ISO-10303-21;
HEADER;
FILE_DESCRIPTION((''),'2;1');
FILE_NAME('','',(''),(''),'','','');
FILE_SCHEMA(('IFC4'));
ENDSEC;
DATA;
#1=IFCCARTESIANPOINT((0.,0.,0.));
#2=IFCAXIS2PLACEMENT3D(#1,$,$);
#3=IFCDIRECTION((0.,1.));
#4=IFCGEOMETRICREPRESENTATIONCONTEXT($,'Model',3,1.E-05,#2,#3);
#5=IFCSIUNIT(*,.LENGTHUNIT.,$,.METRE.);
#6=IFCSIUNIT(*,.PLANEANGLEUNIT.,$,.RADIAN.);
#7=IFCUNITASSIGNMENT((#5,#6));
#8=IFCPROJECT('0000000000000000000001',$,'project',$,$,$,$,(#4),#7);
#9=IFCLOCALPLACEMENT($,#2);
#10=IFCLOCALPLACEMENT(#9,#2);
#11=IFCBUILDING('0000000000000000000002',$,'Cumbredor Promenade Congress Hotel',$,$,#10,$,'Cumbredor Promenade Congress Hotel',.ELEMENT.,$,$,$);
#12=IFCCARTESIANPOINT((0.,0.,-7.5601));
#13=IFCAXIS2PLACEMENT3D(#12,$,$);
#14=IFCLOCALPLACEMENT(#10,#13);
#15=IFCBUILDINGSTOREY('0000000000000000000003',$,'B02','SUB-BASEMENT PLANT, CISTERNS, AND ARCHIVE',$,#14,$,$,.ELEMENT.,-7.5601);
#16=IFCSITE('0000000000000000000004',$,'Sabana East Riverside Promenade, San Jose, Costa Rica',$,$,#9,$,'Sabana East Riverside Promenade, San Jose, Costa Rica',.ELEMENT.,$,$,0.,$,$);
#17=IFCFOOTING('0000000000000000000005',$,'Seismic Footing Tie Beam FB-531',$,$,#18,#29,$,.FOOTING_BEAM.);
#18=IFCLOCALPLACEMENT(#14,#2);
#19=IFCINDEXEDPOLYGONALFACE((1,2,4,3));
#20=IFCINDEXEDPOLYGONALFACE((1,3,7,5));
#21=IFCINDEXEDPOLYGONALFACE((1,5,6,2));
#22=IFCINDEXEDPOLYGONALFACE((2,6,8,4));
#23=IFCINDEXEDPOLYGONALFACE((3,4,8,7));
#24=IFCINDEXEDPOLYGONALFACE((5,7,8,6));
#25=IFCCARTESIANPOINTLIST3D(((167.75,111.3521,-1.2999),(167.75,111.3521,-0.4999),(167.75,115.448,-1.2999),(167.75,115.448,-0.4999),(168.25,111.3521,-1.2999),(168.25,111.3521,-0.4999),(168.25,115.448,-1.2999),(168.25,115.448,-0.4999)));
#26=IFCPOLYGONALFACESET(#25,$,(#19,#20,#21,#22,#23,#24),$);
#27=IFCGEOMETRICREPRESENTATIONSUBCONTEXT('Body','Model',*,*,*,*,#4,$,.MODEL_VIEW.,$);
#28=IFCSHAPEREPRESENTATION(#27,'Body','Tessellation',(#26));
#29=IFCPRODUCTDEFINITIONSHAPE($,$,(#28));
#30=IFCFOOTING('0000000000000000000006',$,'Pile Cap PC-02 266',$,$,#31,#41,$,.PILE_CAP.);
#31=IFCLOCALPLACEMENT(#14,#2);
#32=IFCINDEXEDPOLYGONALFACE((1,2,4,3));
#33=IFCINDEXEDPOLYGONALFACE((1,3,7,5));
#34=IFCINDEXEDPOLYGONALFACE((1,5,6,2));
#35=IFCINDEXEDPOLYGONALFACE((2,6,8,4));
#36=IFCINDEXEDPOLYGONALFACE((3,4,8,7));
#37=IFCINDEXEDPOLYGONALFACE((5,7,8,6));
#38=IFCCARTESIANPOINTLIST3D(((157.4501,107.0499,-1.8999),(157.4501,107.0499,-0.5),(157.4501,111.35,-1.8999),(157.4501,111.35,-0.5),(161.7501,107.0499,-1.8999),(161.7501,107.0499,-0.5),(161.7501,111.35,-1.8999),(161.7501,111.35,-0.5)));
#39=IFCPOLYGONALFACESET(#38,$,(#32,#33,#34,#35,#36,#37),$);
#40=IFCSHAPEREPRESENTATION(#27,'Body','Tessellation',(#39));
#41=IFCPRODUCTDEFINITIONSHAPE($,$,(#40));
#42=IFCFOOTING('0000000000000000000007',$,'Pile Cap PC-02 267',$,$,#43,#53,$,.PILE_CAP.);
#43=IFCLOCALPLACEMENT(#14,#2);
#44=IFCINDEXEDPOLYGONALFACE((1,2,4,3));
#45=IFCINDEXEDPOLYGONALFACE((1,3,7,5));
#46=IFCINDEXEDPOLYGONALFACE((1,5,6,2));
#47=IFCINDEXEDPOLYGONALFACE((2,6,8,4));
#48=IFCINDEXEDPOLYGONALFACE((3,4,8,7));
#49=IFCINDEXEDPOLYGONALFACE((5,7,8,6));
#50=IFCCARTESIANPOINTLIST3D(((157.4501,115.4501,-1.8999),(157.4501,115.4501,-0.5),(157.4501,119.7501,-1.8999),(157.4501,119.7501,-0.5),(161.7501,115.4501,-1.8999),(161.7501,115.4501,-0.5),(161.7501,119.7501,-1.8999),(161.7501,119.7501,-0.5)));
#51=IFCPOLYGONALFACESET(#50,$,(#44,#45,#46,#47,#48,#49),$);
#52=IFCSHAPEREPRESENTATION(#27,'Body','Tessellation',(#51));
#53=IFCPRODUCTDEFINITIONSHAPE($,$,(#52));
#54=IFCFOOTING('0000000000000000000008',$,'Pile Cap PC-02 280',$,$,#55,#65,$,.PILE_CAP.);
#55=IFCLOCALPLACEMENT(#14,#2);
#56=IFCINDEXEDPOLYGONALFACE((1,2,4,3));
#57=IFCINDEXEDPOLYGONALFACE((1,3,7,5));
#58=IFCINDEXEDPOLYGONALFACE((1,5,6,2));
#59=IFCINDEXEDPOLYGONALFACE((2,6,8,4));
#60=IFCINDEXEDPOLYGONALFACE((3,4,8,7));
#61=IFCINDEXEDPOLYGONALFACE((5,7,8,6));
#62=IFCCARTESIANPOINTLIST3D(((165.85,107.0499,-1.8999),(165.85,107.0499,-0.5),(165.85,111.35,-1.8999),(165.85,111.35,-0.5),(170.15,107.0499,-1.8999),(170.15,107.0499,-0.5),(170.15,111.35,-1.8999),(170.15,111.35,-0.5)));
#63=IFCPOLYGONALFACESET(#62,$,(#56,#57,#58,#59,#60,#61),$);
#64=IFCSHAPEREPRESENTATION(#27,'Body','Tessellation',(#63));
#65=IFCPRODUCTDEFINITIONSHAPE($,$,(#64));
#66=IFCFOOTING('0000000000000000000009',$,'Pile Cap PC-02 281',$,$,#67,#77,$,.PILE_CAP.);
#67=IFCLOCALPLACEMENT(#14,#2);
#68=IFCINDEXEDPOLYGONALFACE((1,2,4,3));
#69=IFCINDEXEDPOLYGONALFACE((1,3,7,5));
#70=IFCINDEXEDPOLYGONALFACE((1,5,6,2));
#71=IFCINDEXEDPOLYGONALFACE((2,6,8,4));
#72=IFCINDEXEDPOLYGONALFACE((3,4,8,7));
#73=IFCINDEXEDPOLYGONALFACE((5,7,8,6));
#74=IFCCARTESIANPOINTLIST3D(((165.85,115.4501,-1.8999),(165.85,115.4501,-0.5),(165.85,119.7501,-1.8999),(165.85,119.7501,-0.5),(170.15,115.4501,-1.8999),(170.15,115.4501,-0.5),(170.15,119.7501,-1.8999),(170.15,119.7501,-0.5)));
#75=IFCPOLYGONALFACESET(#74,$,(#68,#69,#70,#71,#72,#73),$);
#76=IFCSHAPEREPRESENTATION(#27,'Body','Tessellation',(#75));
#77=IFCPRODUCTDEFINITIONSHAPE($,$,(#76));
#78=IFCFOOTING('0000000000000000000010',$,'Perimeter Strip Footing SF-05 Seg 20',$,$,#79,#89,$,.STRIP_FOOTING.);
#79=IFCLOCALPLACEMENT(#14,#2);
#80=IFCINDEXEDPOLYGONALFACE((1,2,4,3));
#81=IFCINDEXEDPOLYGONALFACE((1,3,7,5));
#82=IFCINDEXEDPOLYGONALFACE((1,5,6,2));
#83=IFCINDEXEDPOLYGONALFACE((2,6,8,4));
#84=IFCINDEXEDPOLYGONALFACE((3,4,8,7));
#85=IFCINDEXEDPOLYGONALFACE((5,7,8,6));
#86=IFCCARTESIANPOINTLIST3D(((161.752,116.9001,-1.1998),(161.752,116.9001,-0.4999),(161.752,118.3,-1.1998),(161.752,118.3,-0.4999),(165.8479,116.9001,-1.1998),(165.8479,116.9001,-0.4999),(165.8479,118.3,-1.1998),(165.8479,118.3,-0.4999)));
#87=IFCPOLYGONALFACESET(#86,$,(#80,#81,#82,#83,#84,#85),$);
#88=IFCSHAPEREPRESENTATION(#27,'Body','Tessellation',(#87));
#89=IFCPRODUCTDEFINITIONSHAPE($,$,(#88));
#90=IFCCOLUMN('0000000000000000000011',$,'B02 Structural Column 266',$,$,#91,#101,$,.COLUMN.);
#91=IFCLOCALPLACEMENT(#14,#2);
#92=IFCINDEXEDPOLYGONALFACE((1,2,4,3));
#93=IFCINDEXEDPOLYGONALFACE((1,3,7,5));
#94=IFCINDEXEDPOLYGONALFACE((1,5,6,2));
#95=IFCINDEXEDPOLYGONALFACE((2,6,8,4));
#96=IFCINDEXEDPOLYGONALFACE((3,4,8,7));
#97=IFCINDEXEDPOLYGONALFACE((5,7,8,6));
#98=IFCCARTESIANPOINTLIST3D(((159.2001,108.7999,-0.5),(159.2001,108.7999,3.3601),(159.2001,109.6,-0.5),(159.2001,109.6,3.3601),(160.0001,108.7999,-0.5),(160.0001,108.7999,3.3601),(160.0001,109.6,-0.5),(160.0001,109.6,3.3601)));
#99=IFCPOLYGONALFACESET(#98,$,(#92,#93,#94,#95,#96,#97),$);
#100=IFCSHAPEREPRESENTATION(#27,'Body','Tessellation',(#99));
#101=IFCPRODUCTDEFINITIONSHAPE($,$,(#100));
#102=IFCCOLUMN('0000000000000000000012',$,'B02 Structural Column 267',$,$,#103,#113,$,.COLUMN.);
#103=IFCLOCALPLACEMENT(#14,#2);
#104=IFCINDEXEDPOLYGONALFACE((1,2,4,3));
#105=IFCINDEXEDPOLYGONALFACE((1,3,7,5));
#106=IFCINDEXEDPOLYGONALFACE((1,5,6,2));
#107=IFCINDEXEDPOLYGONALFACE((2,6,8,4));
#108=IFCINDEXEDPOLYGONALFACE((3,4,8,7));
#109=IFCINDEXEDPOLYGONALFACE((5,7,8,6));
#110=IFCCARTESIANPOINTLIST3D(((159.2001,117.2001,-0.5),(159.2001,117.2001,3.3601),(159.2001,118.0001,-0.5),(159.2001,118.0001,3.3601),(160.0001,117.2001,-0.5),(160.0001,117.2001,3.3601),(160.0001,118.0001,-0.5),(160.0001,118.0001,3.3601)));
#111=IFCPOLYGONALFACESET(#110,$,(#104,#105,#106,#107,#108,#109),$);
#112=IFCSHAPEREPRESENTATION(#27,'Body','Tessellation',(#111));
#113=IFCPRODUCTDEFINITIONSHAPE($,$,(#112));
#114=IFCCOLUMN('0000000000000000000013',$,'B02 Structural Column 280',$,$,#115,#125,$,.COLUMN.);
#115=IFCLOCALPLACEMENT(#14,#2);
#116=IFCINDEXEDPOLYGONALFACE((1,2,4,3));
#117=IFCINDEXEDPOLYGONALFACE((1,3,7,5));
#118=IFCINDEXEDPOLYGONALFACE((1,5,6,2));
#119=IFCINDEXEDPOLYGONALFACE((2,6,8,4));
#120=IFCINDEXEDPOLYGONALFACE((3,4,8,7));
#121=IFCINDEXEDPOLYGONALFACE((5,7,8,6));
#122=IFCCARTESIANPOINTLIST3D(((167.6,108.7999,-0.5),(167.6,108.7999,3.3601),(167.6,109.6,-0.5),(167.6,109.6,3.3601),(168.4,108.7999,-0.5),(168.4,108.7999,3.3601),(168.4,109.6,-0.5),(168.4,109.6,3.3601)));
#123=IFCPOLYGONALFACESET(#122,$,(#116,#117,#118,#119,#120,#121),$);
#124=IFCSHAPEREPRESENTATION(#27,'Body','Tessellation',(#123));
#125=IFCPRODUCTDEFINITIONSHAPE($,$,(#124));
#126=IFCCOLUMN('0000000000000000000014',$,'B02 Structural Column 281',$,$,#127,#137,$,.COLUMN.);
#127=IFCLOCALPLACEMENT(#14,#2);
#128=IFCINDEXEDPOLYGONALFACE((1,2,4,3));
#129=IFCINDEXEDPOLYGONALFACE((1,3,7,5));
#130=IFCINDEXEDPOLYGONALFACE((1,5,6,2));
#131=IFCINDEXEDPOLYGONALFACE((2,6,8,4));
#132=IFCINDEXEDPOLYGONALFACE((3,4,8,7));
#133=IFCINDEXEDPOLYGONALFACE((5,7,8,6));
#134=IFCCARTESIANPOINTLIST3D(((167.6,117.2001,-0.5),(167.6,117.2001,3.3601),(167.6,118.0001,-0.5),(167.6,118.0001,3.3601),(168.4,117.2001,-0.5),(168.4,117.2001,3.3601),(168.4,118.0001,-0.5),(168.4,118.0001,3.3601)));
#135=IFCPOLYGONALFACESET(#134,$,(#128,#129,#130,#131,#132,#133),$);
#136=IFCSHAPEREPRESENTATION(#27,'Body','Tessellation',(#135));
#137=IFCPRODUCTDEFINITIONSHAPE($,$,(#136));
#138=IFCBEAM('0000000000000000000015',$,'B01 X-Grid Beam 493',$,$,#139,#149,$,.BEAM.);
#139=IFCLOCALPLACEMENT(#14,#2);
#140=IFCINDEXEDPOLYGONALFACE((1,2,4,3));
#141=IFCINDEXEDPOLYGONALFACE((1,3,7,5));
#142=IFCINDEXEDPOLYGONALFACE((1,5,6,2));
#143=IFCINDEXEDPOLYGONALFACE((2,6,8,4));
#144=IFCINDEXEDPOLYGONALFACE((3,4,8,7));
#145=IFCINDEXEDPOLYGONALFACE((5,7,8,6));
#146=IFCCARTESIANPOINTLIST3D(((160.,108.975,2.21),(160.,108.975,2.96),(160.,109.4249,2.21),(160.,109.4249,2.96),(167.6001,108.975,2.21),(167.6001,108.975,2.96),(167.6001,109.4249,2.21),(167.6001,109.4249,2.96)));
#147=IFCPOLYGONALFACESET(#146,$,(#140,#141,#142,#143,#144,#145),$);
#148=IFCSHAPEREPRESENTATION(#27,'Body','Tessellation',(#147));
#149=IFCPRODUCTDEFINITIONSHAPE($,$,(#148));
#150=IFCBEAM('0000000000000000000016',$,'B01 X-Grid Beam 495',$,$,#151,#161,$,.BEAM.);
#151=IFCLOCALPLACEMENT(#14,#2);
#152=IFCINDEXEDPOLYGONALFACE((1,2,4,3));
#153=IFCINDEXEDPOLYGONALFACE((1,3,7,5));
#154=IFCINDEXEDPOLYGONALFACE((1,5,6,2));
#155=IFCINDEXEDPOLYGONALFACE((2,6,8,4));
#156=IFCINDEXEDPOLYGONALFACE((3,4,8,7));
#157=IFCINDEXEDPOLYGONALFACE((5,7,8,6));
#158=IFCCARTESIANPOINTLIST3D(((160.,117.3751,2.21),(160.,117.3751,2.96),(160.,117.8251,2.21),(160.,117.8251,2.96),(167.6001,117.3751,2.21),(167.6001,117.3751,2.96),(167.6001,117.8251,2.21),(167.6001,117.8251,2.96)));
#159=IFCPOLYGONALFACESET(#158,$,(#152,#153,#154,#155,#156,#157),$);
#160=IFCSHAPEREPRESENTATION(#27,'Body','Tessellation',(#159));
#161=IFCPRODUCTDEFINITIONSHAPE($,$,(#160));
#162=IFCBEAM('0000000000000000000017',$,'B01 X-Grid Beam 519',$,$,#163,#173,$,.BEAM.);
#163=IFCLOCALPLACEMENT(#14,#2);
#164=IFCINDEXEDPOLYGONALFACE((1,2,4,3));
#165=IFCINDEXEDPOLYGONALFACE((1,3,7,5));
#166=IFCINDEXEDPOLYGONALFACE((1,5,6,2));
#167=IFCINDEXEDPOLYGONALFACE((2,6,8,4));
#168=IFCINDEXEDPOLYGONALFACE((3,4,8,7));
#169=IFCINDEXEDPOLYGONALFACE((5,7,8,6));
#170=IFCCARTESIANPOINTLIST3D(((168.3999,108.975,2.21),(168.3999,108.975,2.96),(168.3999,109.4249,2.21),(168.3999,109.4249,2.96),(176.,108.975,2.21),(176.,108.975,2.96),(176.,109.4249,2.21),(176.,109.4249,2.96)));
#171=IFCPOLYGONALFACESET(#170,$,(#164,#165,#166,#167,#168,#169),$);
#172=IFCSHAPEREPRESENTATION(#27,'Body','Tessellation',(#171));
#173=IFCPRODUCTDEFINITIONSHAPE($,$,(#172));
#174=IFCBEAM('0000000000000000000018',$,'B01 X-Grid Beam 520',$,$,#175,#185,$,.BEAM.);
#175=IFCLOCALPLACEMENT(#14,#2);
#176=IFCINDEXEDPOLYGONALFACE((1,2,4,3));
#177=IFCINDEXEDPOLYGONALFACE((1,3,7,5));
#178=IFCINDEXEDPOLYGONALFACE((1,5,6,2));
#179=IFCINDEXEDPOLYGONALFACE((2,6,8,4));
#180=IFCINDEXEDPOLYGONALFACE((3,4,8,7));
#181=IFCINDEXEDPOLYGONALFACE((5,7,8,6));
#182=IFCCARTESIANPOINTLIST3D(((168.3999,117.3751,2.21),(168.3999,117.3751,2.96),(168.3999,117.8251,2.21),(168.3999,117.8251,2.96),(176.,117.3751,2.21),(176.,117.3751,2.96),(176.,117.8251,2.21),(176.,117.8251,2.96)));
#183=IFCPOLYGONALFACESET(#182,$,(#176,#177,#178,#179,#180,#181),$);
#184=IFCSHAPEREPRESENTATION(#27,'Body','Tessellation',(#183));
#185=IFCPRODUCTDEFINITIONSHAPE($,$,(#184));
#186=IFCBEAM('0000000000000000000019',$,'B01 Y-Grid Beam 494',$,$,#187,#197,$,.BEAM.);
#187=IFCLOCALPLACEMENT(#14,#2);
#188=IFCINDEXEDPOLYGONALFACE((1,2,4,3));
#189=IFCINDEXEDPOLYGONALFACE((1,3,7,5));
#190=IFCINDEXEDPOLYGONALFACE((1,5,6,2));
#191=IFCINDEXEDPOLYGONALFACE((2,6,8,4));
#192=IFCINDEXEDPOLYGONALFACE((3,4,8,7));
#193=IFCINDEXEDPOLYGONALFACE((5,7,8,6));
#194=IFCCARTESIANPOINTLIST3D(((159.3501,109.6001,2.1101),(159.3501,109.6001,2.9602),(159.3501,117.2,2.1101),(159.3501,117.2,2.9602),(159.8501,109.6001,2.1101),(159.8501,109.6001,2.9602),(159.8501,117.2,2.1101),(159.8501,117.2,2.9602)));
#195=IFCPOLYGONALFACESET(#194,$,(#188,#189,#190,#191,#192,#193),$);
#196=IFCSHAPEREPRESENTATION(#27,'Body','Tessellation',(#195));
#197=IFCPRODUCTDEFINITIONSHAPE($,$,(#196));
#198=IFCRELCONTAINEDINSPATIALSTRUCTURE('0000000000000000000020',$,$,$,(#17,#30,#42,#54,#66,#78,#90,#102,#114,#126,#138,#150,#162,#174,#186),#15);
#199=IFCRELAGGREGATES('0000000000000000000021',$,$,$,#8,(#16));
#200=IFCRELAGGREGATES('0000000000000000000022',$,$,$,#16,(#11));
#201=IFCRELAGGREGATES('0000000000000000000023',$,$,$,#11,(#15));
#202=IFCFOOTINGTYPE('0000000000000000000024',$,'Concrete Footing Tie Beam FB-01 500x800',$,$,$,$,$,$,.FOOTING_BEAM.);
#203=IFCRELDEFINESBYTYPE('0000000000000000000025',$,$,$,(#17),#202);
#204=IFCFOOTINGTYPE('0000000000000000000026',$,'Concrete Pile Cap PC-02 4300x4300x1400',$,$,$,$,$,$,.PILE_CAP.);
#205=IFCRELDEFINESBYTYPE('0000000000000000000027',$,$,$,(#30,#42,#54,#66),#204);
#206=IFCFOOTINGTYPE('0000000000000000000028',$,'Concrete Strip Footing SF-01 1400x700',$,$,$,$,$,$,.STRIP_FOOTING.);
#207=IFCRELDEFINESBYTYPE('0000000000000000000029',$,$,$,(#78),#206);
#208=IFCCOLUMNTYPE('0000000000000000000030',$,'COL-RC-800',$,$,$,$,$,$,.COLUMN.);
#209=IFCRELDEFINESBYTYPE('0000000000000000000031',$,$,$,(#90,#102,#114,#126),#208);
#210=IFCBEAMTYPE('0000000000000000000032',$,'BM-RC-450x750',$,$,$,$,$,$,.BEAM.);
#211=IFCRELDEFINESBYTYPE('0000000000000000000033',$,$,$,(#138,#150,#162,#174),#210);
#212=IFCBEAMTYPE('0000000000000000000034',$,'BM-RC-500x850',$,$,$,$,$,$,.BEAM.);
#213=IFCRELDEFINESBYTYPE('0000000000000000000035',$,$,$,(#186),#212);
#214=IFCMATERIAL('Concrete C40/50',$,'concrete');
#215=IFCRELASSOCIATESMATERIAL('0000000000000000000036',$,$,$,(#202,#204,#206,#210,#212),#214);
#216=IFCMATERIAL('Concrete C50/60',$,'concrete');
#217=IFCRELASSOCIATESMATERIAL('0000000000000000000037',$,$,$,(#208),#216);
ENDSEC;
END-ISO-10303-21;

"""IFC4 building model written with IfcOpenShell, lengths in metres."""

from ifc_helpers import new_model, si_unit, direction, frame, origin, origin_2d, place, context, subcontext, project, spatial, rectangle, extrude, material, material_profile, profile_set, type_object, element, save


model = new_model("IFC4")

# Units and contexts
model_context = context("Model", 3, precision=1e-05, world=origin(), true_north=direction((0.0, 1.0)))
body_context = subcontext(model_context, "Body", "Model", "MODEL_VIEW")
ifc_project = project(units=[si_unit("LENGTHUNIT", "METRE"), si_unit("PLANEANGLEUNIT", "RADIAN")], contexts=[model_context])

# Site, building, storey
site_placement = place(None, origin())
site = spatial("IfcSite", under=ifc_project, at=site_placement, Name="Sabana East Riverside Promenade, San Jose, Costa Rica", LongName="Sabana East Riverside Promenade, San Jose, Costa Rica", CompositionType="ELEMENT", RefElevation=0.0)
building_placement = place(site_placement, origin())
building = spatial("IfcBuilding", under=site, at=building_placement, Name="Cumbredor Promenade Congress Hotel", LongName="Cumbredor Promenade Congress Hotel", CompositionType="ELEMENT")
storey_placement = place(building_placement, frame((0.0, 0.0, -7.5601)))
storey = spatial("IfcBuildingStorey", under=building, at=storey_placement, Name="B02", Description="SUB-BASEMENT PLANT, CISTERNS, AND ARCHIVE", CompositionType="ELEMENT", Elevation=-7.5601)

# Shared definitions
ifc_material_1 = material(Name="Concrete C40/50", Category="concrete")

# Footings
ifc_material_profile_1 = material_profile(ifc_material_1, rectangle(XDim=0.5, YDim=0.8, at=origin_2d()), Name="FB 500x800")
ifc_profile_set_1 = profile_set([ifc_material_profile_1], Name="Concrete C40/50")
footing_type_1 = type_object("IfcFootingType", Name="Concrete Footing Tie Beam FB-01 500x800", PredefinedType="FOOTING_BEAM", material=ifc_profile_set_1)
for number, where, z_axis, x_axis, name in (
    (1, (168.0, 111.3521, -0.8999), (0.0, 1.0, 0.0), (-1.0, 0.0, 0.0), "Seismic Footing Tie Beam FB-531"),
):
    element("IfcFooting", number, at=place(storey_placement, frame(where, z_axis=z_axis, x_axis=x_axis)), inside=storey, type_object=footing_type_1, Name=name, PredefinedType="FOOTING_BEAM", context=body_context, shape_type="SweptSolid", body=[
        extrude(rectangle(XDim=0.5, YDim=0.8, at=origin_2d()), origin(), (0.0, 0.0, 1.0), 4.0959),
    ])
footing_type_2 = type_object("IfcFootingType", Name="Concrete Pile Cap PC-02 4300x4300x1400", PredefinedType="PILE_CAP", material=ifc_material_1)
for number, where, z_axis, x_axis, name in (
    (2, (159.6001, 109.2, -1.8999), (0.0, 0.0, 1.0), (1.0, 0.0, 0.0), "Pile Cap PC-02 266"),
    (3, (159.6001, 117.6001, -1.8999), (0.0, 0.0, 1.0), (1.0, 0.0, 0.0), "Pile Cap PC-02 267"),
    (4, (168.0, 109.2, -1.8999), (0.0, 0.0, 1.0), (1.0, 0.0, 0.0), "Pile Cap PC-02 280"),
    (5, (168.0, 117.6001, -1.8999), (0.0, 0.0, 1.0), (1.0, 0.0, 0.0), "Pile Cap PC-02 281"),
):
    element("IfcFooting", number, at=place(storey_placement, frame(where, z_axis=z_axis, x_axis=x_axis)), inside=storey, type_object=footing_type_2, Name=name, PredefinedType="PILE_CAP", context=body_context, shape_type="SweptSolid", body=[
        extrude(rectangle(XDim=4.3, YDim=4.3, at=origin_2d()), origin(), (0.0, 0.0, 1.0), 1.3999),
    ])
ifc_material_profile_2 = material_profile(ifc_material_1, rectangle(XDim=1.3999, YDim=0.7, at=origin_2d()), Name="SF 1400x700")
ifc_profile_set_2 = profile_set([ifc_material_profile_2], Name="Concrete C40/50")
footing_type_3 = type_object("IfcFootingType", Name="Concrete Strip Footing SF-01 1400x700", PredefinedType="STRIP_FOOTING", material=ifc_profile_set_2)
footing_placement = place(storey_placement, frame((161.752, 117.6001, -0.8499), z_axis=(1.0, 0.0, 0.0), x_axis=(0.0, 1.0, 0.0)))
element("IfcFooting", 6, at=footing_placement, inside=storey, type_object=footing_type_3, Name="Perimeter Strip Footing SF-05 Seg 20", PredefinedType="STRIP_FOOTING", context=body_context, shape_type="SweptSolid", body=[
    extrude(rectangle(XDim=1.3999, YDim=0.7, at=origin_2d()), origin(), (0.0, 0.0, 1.0), 4.0959),
])

# Columns
ifc_material_2 = material(Name="Concrete C50/60", Category="concrete")
ifc_material_profile_3 = material_profile(ifc_material_2, rectangle(XDim=0.8, YDim=0.8, at=origin_2d()), Name="RC 800x800")
ifc_profile_set_3 = profile_set([ifc_material_profile_3], Name="Concrete C50/60")
column_type = type_object("IfcColumnType", Name="COL-RC-800", PredefinedType="COLUMN", material=ifc_profile_set_3)
for number, where, z_axis, x_axis, name in (
    (7, (159.6001, 109.2, -0.5), (0.0, 0.0, 1.0), (1.0, 0.0, 0.0), "B02 Structural Column 266"),
    (8, (159.6001, 117.6001, -0.5), (0.0, 0.0, 1.0), (1.0, 0.0, 0.0), "B02 Structural Column 267"),
    (9, (168.0, 109.2, -0.5), (0.0, 0.0, 1.0), (1.0, 0.0, 0.0), "B02 Structural Column 280"),
    (10, (168.0, 117.6001, -0.5), (0.0, 0.0, 1.0), (1.0, 0.0, 0.0), "B02 Structural Column 281"),
):
    element("IfcColumn", number, at=place(storey_placement, frame(where, z_axis=z_axis, x_axis=x_axis)), inside=storey, type_object=column_type, Name=name, PredefinedType="COLUMN", context=body_context, shape_type="SweptSolid", body=[
        extrude(rectangle(XDim=0.8, YDim=0.8, at=origin_2d()), origin(), (0.0, 0.0, 1.0), 3.8601),
    ])

# Beams
ifc_material_profile_4 = material_profile(ifc_material_1, rectangle(XDim=0.45, YDim=0.75, at=origin_2d()), Name="RC BEAM 450x750")
ifc_profile_set_4 = profile_set([ifc_material_profile_4], Name="Concrete C40/50")
beam_type_1 = type_object("IfcBeamType", Name="BM-RC-450x750", PredefinedType="BEAM", material=ifc_profile_set_4)
for number, where, z_axis, x_axis, name in (
    (11, (160.0, 109.2, 2.585), (1.0, 0.0, 0.0), (0.0, 1.0, 0.0), "B01 X-Grid Beam 493"),
    (12, (160.0, 117.6001, 2.585), (1.0, 0.0, 0.0), (0.0, 1.0, 0.0), "B01 X-Grid Beam 495"),
    (13, (168.3999, 109.2, 2.585), (1.0, 0.0, 0.0), (0.0, 1.0, 0.0), "B01 X-Grid Beam 519"),
    (14, (168.3999, 117.6001, 2.585), (1.0, 0.0, 0.0), (0.0, 1.0, 0.0), "B01 X-Grid Beam 520"),
):
    element("IfcBeam", number, at=place(storey_placement, frame(where, z_axis=z_axis, x_axis=x_axis)), inside=storey, type_object=beam_type_1, Name=name, PredefinedType="BEAM", context=body_context, shape_type="SweptSolid", body=[
        extrude(rectangle(XDim=0.45, YDim=0.75, at=origin_2d()), origin(), (0.0, 0.0, 1.0), 7.6001),
    ])
ifc_material_profile_5 = material_profile(ifc_material_1, rectangle(XDim=0.5, YDim=0.8501, at=origin_2d()), Name="RC BEAM 500x850")
ifc_profile_set_5 = profile_set([ifc_material_profile_5], Name="Concrete C40/50")
beam_type_2 = type_object("IfcBeamType", Name="BM-RC-500x850", PredefinedType="BEAM", material=ifc_profile_set_5)
beam_placement = place(storey_placement, frame((159.6001, 109.6001, 2.5352), z_axis=(0.0, 1.0, 0.0), x_axis=(-1.0, 0.0, 0.0)))
element("IfcBeam", 15, at=beam_placement, inside=storey, type_object=beam_type_2, Name="B01 Y-Grid Beam 494", PredefinedType="BEAM", context=body_context, shape_type="SweptSolid", body=[
    extrude(rectangle(XDim=0.5, YDim=0.8501, at=origin_2d()), origin(), (0.0, 0.0, 1.0), 7.5999),
])

save(model, "model.ifc")
